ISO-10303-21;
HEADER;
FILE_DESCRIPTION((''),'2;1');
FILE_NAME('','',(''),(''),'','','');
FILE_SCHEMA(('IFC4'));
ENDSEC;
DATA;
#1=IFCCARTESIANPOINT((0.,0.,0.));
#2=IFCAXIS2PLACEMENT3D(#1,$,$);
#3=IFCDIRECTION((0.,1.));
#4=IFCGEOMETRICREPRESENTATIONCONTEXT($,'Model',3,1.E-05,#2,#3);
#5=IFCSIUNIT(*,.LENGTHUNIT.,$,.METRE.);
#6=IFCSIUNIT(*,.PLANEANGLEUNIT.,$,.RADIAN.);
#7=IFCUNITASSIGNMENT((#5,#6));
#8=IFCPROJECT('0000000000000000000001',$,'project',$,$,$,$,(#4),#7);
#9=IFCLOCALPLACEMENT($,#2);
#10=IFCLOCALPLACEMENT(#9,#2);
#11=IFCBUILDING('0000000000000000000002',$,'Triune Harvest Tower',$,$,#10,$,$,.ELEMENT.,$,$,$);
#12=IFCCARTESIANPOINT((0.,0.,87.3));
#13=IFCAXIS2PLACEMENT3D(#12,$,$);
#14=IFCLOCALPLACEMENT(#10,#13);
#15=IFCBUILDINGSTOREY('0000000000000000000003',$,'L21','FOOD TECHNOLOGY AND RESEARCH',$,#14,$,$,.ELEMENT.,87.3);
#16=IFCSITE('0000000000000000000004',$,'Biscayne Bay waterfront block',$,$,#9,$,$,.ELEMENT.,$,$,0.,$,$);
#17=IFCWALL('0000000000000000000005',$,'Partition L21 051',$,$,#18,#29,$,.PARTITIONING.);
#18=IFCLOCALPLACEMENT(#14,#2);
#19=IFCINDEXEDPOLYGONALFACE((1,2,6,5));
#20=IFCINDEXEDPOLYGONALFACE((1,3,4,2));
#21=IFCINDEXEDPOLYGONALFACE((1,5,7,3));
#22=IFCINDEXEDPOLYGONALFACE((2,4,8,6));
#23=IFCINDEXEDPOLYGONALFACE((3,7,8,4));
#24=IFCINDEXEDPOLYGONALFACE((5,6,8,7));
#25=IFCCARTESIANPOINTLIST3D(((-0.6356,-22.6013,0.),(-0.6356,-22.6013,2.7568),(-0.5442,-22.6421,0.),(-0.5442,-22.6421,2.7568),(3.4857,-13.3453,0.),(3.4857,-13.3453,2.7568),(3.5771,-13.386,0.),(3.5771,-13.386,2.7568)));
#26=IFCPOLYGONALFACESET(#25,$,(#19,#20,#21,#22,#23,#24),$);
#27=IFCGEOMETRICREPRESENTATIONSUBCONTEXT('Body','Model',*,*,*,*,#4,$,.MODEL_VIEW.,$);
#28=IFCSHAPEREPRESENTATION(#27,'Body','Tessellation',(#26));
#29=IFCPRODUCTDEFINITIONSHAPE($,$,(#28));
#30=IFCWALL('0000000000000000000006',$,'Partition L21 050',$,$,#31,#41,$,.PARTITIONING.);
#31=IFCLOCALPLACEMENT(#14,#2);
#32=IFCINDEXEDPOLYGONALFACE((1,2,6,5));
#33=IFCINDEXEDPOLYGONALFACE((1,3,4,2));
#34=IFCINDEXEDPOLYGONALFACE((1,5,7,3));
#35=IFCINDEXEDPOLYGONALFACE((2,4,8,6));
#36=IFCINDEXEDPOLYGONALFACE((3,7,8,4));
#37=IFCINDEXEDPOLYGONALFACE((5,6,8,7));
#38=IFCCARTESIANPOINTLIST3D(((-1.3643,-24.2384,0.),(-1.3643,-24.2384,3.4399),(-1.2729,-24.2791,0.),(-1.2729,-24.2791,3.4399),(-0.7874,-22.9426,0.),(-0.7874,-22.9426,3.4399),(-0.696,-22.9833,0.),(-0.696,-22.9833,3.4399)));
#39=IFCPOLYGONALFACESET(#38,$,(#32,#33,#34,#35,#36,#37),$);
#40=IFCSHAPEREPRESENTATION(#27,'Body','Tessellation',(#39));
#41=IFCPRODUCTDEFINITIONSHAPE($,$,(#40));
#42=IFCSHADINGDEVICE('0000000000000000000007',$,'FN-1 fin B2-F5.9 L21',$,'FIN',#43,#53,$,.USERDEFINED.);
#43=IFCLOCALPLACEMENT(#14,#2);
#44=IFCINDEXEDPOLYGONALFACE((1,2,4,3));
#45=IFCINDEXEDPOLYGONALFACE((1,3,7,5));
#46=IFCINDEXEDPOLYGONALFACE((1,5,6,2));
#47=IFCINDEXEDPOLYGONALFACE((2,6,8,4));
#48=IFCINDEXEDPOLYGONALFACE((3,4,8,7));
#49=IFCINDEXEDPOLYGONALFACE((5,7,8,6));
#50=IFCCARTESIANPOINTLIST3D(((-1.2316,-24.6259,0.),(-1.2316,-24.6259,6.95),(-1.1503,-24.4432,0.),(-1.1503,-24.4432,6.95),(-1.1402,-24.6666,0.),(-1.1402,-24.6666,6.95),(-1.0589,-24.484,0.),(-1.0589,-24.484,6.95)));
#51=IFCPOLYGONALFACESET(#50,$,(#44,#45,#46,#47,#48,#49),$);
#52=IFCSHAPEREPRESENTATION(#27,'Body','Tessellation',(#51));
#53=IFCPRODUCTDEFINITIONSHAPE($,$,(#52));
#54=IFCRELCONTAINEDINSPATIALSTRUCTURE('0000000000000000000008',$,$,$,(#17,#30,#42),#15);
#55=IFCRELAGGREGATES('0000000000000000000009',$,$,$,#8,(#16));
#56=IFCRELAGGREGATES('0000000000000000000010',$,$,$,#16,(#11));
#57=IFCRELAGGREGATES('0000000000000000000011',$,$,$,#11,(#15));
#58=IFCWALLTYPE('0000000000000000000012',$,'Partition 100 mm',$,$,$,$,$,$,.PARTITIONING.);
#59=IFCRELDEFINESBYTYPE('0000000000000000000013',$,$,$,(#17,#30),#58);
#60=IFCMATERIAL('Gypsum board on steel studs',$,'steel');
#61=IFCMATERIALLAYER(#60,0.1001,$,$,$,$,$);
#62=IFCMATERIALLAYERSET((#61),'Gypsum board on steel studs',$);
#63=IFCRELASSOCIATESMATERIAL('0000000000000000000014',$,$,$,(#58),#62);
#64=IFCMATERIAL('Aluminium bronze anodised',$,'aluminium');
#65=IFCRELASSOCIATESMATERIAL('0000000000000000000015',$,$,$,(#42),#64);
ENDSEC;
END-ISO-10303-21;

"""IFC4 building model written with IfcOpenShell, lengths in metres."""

from ifc_helpers import new_model, si_unit, direction, frame, frame_2d, origin, origin_2d, place, context, subcontext, project, spatial, rectangle, extrude, source, transform, mapped, material, layer, layer_set, type_object, element, save


model = new_model("IFC4")

# Units and contexts
model_context = context("Model", 3, precision=1e-05, world=origin(), true_north=direction((0.0, 1.0)))
body_context = subcontext(model_context, "Body", "Model", "MODEL_VIEW")
ifc_project = project(units=[si_unit("LENGTHUNIT", "METRE"), si_unit("PLANEANGLEUNIT", "RADIAN")], contexts=[model_context])

# Site, building, storey
site_placement = place(None, origin())
site = spatial("IfcSite", under=ifc_project, at=site_placement, Name="Biscayne Bay waterfront block", CompositionType="ELEMENT", RefElevation=0.0)
building_placement = place(site_placement, origin())
building = spatial("IfcBuilding", under=site, at=building_placement, Name="Triune Harvest Tower", CompositionType="ELEMENT")
storey_placement = place(building_placement, frame((0.0, 0.0, 87.3)))
storey = spatial("IfcBuildingStorey", under=building, at=storey_placement, Name="L21", Description="FOOD TECHNOLOGY AND RESEARCH", CompositionType="ELEMENT", Elevation=87.3)

# Walls
ifc_material_1 = material(Name="Gypsum board on steel studs", Category="steel")
ifc_layer_1 = layer(ifc_material_1, 0.1001)
ifc_layer_set_1 = layer_set([ifc_layer_1], Name="Gypsum board on steel studs")
wall_type = type_object("IfcWallType", Name="Partition 100 mm", PredefinedType="PARTITIONING", material=ifc_layer_set_1)
wall_1_placement = place(storey_placement, frame((-0.5898, -22.6216, 0.0), z_axis=(0.0, 0.0, 1.0), x_axis=(0.406758, 0.913536, 0.0)))
element("IfcWall", 1, at=wall_1_placement, inside=storey, type_object=wall_type, Name="Partition L21 051", PredefinedType="PARTITIONING", context=body_context, shape_type="SweptSolid", body=[
    extrude(rectangle(XDim=10.1321, YDim=0.1001, at=frame_2d((5.0659, 0.0))), origin(), (0.0, 0.0, 1.0), 2.7568),
])
shared_shape_1 = source(origin(), body_context, "Body", "SweptSolid", [
    extrude(rectangle(XDim=1.4185, YDim=0.1001, at=frame_2d((0.7092, 0.0))), origin(), (0.0, 0.0, 1.0), 3.4399),
])
wall_2_placement = place(storey_placement, frame((-1.3186, -24.2588, 0.0), z_axis=(0.0, 0.0, 1.0), x_axis=(0.406697, 0.913563, 0.0)))
element("IfcWall", 2, at=wall_2_placement, inside=storey, type_object=wall_type, Name="Partition L21 050", PredefinedType="PARTITIONING", context=body_context, shape_type="MappedRepresentation", body=[
    mapped(shared_shape_1, transform((0.0, 0.0, 0.0), scale=1.0)),
])

# Shading device
ifc_material_2 = material(Name="Aluminium bronze anodised", Category="aluminium")
shared_shape_2 = source(origin(), body_context, "Body", "SweptSolid", [
    extrude(rectangle(XDim=0.1001, YDim=0.2, at=origin_2d()), origin(), (0.0, 0.0, 1.0), 6.95),
])
shading_device_placement = place(storey_placement, frame((-1.1453, -24.5549, 0.0), z_axis=(0.0, 0.0, 1.0), x_axis=(0.913545, -0.406737, 0.0)))
element("IfcShadingDevice", 3, at=shading_device_placement, inside=storey, material=ifc_material_2, Name="FN-1 fin B2-F5.9 L21", ObjectType="FIN", PredefinedType="USERDEFINED", context=body_context, shape_type="MappedRepresentation", body=[
    mapped(shared_shape_2, transform((0.0, 0.0, 0.0), scale=1.0)),
])

save(model, "model.ifc")
